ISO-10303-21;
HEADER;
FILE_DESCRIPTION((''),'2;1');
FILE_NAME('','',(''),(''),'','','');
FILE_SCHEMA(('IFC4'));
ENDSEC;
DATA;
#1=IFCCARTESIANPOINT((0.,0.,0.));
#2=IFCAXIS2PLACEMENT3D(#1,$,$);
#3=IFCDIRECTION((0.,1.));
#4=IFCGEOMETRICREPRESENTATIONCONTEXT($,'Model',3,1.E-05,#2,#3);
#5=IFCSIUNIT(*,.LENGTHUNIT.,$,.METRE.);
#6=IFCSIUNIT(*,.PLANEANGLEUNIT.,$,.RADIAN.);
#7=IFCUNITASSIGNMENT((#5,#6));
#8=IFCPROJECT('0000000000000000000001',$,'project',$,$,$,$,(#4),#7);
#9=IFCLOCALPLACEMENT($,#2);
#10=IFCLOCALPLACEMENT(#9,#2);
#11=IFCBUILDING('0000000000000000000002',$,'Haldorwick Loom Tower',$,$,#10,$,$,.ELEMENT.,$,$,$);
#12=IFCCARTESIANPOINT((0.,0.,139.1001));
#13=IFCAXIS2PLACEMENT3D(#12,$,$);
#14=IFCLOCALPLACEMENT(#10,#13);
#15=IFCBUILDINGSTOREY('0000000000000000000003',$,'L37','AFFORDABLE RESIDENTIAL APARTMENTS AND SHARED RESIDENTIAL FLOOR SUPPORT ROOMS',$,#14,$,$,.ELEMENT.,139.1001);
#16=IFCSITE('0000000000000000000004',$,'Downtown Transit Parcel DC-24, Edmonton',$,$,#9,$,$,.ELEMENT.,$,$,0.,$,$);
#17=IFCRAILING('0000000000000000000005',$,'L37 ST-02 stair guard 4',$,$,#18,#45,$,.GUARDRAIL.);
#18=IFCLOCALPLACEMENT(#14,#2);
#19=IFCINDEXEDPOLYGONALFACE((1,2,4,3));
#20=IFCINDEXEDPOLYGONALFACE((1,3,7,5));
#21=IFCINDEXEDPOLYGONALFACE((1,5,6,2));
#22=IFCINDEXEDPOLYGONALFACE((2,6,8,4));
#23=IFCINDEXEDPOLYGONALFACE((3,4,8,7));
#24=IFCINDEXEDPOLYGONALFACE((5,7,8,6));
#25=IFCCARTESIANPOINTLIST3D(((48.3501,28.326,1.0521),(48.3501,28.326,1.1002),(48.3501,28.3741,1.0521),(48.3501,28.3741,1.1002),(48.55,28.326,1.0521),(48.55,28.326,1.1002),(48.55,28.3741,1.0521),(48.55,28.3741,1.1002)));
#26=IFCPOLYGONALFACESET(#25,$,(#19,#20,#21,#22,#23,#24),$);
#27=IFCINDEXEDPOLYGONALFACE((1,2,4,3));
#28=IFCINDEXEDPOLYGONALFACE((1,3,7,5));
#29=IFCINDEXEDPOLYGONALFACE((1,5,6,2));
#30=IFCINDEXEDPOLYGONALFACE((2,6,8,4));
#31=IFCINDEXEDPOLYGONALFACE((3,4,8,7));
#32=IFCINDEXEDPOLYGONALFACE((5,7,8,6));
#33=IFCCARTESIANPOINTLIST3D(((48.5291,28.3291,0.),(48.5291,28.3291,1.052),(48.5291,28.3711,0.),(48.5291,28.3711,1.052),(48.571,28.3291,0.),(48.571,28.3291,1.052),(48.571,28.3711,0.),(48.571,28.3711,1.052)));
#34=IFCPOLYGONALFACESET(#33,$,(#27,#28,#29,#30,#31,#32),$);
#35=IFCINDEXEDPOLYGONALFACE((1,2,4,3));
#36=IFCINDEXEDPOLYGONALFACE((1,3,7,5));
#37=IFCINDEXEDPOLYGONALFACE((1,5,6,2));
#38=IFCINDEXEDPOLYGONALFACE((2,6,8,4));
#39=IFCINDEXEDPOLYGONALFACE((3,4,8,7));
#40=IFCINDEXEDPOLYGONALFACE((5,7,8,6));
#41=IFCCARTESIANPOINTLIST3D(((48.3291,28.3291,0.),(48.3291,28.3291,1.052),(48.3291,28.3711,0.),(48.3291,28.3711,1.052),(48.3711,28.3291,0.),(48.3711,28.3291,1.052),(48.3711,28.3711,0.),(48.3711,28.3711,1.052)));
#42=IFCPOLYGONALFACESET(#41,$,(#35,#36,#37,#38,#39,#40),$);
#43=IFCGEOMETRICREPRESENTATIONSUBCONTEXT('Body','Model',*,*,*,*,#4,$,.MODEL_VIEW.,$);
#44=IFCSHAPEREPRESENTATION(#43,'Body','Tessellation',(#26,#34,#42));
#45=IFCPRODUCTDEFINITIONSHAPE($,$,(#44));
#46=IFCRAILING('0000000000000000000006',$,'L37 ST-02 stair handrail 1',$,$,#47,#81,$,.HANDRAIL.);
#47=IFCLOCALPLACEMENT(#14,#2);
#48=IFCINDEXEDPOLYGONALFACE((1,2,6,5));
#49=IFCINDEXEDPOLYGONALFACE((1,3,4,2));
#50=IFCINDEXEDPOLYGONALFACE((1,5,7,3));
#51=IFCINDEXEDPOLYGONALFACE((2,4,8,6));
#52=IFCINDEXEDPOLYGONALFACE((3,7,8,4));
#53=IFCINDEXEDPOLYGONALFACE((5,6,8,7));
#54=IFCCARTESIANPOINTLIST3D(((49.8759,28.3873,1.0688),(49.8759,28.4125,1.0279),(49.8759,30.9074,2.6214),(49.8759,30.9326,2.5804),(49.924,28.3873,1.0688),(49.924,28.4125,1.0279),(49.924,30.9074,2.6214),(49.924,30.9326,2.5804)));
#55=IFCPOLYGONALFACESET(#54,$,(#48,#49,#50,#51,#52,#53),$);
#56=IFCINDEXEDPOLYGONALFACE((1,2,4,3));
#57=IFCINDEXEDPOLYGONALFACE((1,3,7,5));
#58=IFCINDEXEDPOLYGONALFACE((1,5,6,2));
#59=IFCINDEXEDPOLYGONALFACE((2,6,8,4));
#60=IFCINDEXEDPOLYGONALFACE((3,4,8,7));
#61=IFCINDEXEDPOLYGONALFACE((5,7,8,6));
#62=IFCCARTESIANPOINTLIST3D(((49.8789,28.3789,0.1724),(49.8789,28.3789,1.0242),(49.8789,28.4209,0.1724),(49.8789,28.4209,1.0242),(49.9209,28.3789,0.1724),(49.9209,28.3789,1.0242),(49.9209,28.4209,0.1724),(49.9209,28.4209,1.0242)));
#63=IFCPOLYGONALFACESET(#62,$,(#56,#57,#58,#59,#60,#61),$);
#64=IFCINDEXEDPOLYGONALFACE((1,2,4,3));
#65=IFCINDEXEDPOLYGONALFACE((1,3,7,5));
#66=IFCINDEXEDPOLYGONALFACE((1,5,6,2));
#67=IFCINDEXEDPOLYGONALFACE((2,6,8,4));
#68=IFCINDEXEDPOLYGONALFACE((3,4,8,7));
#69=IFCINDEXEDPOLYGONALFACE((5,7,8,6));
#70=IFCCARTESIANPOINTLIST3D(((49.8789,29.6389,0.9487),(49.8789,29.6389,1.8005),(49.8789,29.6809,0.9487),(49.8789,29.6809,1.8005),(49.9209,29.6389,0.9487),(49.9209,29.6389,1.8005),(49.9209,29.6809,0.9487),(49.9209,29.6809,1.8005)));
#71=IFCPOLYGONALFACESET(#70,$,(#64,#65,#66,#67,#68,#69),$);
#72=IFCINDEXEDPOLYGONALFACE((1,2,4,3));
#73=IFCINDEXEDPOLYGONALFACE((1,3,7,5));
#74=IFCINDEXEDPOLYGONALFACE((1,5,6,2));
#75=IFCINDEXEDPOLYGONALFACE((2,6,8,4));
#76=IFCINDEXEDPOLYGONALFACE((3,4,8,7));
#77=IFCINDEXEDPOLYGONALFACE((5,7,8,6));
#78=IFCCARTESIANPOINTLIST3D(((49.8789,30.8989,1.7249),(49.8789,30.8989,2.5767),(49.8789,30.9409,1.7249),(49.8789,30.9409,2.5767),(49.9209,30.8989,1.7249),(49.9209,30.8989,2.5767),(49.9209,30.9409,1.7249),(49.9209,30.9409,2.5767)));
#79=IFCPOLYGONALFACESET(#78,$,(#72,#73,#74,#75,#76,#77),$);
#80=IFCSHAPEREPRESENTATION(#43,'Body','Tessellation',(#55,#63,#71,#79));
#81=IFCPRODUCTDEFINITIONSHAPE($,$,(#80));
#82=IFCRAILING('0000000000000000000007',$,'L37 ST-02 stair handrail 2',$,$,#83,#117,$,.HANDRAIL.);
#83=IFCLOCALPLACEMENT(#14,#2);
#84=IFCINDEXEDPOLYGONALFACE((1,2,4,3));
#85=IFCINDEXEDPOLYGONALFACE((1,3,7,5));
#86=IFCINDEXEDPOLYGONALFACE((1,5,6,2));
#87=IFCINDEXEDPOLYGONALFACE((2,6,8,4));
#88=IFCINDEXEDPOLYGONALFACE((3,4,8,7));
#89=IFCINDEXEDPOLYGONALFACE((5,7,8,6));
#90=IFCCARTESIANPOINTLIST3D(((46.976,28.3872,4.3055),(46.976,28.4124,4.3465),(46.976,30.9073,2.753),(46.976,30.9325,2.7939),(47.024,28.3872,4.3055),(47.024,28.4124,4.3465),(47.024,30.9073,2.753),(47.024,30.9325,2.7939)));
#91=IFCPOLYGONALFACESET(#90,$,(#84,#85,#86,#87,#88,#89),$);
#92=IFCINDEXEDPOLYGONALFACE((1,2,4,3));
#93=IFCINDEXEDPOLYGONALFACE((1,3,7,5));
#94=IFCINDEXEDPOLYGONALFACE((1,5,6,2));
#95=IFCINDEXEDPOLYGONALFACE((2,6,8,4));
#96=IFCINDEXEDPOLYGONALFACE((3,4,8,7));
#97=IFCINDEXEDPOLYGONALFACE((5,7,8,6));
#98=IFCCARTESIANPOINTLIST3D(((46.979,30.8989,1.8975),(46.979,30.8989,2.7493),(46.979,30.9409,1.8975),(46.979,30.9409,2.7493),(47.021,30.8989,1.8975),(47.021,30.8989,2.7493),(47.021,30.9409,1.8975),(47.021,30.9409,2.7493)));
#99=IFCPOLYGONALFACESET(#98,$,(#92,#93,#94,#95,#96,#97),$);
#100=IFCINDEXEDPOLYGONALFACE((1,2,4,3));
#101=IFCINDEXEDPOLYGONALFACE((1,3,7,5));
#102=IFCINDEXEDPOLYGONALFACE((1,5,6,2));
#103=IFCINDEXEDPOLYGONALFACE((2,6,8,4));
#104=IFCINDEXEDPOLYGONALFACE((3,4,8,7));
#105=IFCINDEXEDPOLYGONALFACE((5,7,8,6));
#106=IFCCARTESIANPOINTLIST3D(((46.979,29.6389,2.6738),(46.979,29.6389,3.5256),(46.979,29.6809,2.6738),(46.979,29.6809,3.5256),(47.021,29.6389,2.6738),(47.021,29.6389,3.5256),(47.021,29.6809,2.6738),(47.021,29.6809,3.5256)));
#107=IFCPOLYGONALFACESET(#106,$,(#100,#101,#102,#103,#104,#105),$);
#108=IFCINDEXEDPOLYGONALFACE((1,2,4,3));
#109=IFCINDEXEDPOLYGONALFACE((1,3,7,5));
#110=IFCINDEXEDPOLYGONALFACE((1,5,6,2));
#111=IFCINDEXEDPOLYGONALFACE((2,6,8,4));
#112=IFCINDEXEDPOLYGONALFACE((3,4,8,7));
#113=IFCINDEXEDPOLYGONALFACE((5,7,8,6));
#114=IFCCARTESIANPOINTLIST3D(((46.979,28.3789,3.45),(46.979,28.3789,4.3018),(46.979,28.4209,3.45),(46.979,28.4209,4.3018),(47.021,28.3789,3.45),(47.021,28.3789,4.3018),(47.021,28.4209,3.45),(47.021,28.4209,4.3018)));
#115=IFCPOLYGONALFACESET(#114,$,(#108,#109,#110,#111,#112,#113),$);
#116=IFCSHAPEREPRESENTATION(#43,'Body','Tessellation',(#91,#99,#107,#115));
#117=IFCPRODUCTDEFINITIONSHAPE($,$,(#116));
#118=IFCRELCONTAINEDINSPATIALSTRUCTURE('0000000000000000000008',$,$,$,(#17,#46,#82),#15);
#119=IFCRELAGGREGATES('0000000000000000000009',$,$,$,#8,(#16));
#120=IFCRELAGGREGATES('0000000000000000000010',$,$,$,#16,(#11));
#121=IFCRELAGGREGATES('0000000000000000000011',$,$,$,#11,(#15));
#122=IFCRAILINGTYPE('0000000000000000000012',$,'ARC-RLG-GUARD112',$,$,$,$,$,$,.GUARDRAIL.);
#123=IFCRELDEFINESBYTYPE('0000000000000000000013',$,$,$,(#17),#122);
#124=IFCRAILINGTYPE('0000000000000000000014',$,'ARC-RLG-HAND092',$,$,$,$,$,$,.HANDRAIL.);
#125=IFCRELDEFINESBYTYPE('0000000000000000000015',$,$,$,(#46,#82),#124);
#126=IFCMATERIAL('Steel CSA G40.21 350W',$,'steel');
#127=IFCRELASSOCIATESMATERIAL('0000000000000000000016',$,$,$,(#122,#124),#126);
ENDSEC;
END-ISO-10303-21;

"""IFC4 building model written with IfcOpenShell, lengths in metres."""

from ifc_helpers import new_model, si_unit, direction, frame, origin, origin_2d, place, context, subcontext, project, spatial, rectangle, extrude, material, type_object, element, save


model = new_model("IFC4")

# Units and contexts
model_context = context("Model", 3, precision=1e-05, world=origin(), true_north=direction((0.0, 1.0)))
body_context = subcontext(model_context, "Body", "Model", "MODEL_VIEW")
ifc_project = project(units=[si_unit("LENGTHUNIT", "METRE"), si_unit("PLANEANGLEUNIT", "RADIAN")], contexts=[model_context])

# Site, building, storey
site_placement = place(None, origin())
site = spatial("IfcSite", under=ifc_project, at=site_placement, Name="Downtown Transit Parcel DC-24, Edmonton", CompositionType="ELEMENT", RefElevation=0.0)
building_placement = place(site_placement, origin())
building = spatial("IfcBuilding", under=site, at=building_placement, Name="Haldorwick Loom Tower", CompositionType="ELEMENT")
storey_placement = place(building_placement, frame((0.0, 0.0, 139.1001)))
storey = spatial("IfcBuildingStorey", under=building, at=storey_placement, Name="L37", Description="AFFORDABLE RESIDENTIAL APARTMENTS AND SHARED RESIDENTIAL FLOOR SUPPORT ROOMS", CompositionType="ELEMENT", Elevation=139.1001)

# Shared definitions
ifc_material_1 = material(Name="Steel CSA G40.21 350W", Category="steel")

# Railings
railing_type_1 = type_object("IfcRailingType", Name="ARC-RLG-GUARD112", PredefinedType="GUARDRAIL", material=ifc_material_1)
railing_1_placement = place(storey_placement, frame((48.55, 28.3501, 0.0)))
element("IfcRailing", 1, at=railing_1_placement, inside=storey, type_object=railing_type_1, Name="L37 ST-02 stair guard 4", PredefinedType="GUARDRAIL", context=body_context, shape_type="SweptSolid", body=[
    extrude(rectangle(XDim=0.0481, YDim=0.0481, at=origin_2d()), frame((0.0, 0.0, 1.0762), z_axis=(-1.0, 0.0, 0.0), x_axis=(0.0, -1.0, 0.0)), (0.0, 0.0, 1.0), 0.2),
    extrude(rectangle(XDim=0.042, YDim=0.042, at=origin_2d()), origin(), (0.0, 0.0, 1.0), 1.052),
    extrude(rectangle(XDim=0.042, YDim=0.042, at=origin_2d()), frame((-0.2, 0.0, 0.0)), (0.0, 0.0, 1.0), 1.052),
])
railing_type_2 = type_object("IfcRailingType", Name="ARC-RLG-HAND092", PredefinedType="HANDRAIL", material=ifc_material_1)
railing_2_placement = place(storey_placement, frame((49.8999, 28.3999, 0.1724)))
element("IfcRailing", 2, at=railing_2_placement, inside=storey, type_object=railing_type_2, Name="L37 ST-02 stair handrail 1", PredefinedType="HANDRAIL", context=body_context, shape_type="SweptSolid", body=[
    extrude(rectangle(XDim=0.0481, YDim=0.0481, at=origin_2d()), frame((0.0, 0.0, 0.876), z_axis=(0.0, 0.8514, 0.524516), x_axis=(-1.0, 0.0, 0.0)), (0.0, 0.0, 1.0), 2.96),
    extrude(rectangle(XDim=0.042, YDim=0.042, at=origin_2d()), origin(), (0.0, 0.0, 1.0), 0.8518),
    extrude(rectangle(XDim=0.042, YDim=0.042, at=origin_2d()), frame((0.0, 1.26, 0.7764)), (0.0, 0.0, 1.0), 0.8518),
    extrude(rectangle(XDim=0.042, YDim=0.042, at=origin_2d()), frame((0.0, 2.52, 1.5525)), (0.0, 0.0, 1.0), 0.8518),
])
railing_3_placement = place(storey_placement, frame((47.0, 30.9199, 1.8975)))
element("IfcRailing", 3, at=railing_3_placement, inside=storey, type_object=railing_type_2, Name="L37 ST-02 stair handrail 2", PredefinedType="HANDRAIL", context=body_context, shape_type="SweptSolid", body=[
    extrude(rectangle(XDim=0.0481, YDim=0.0481, at=origin_2d()), frame((0.0, 0.0, 0.876), z_axis=(0.0, -0.8514, 0.524516), x_axis=(1.0, 0.0, 0.0)), (0.0, 0.0, 1.0), 2.96),
    extrude(rectangle(XDim=0.042, YDim=0.042, at=origin_2d()), origin(), (0.0, 0.0, 1.0), 0.8518),
    extrude(rectangle(XDim=0.042, YDim=0.042, at=origin_2d()), frame((0.0, -1.26, 0.7764)), (0.0, 0.0, 1.0), 0.8518),
    extrude(rectangle(XDim=0.042, YDim=0.042, at=origin_2d()), frame((0.0, -2.52, 1.5525)), (0.0, 0.0, 1.0), 0.8518),
])

save(model, "model.ifc")
